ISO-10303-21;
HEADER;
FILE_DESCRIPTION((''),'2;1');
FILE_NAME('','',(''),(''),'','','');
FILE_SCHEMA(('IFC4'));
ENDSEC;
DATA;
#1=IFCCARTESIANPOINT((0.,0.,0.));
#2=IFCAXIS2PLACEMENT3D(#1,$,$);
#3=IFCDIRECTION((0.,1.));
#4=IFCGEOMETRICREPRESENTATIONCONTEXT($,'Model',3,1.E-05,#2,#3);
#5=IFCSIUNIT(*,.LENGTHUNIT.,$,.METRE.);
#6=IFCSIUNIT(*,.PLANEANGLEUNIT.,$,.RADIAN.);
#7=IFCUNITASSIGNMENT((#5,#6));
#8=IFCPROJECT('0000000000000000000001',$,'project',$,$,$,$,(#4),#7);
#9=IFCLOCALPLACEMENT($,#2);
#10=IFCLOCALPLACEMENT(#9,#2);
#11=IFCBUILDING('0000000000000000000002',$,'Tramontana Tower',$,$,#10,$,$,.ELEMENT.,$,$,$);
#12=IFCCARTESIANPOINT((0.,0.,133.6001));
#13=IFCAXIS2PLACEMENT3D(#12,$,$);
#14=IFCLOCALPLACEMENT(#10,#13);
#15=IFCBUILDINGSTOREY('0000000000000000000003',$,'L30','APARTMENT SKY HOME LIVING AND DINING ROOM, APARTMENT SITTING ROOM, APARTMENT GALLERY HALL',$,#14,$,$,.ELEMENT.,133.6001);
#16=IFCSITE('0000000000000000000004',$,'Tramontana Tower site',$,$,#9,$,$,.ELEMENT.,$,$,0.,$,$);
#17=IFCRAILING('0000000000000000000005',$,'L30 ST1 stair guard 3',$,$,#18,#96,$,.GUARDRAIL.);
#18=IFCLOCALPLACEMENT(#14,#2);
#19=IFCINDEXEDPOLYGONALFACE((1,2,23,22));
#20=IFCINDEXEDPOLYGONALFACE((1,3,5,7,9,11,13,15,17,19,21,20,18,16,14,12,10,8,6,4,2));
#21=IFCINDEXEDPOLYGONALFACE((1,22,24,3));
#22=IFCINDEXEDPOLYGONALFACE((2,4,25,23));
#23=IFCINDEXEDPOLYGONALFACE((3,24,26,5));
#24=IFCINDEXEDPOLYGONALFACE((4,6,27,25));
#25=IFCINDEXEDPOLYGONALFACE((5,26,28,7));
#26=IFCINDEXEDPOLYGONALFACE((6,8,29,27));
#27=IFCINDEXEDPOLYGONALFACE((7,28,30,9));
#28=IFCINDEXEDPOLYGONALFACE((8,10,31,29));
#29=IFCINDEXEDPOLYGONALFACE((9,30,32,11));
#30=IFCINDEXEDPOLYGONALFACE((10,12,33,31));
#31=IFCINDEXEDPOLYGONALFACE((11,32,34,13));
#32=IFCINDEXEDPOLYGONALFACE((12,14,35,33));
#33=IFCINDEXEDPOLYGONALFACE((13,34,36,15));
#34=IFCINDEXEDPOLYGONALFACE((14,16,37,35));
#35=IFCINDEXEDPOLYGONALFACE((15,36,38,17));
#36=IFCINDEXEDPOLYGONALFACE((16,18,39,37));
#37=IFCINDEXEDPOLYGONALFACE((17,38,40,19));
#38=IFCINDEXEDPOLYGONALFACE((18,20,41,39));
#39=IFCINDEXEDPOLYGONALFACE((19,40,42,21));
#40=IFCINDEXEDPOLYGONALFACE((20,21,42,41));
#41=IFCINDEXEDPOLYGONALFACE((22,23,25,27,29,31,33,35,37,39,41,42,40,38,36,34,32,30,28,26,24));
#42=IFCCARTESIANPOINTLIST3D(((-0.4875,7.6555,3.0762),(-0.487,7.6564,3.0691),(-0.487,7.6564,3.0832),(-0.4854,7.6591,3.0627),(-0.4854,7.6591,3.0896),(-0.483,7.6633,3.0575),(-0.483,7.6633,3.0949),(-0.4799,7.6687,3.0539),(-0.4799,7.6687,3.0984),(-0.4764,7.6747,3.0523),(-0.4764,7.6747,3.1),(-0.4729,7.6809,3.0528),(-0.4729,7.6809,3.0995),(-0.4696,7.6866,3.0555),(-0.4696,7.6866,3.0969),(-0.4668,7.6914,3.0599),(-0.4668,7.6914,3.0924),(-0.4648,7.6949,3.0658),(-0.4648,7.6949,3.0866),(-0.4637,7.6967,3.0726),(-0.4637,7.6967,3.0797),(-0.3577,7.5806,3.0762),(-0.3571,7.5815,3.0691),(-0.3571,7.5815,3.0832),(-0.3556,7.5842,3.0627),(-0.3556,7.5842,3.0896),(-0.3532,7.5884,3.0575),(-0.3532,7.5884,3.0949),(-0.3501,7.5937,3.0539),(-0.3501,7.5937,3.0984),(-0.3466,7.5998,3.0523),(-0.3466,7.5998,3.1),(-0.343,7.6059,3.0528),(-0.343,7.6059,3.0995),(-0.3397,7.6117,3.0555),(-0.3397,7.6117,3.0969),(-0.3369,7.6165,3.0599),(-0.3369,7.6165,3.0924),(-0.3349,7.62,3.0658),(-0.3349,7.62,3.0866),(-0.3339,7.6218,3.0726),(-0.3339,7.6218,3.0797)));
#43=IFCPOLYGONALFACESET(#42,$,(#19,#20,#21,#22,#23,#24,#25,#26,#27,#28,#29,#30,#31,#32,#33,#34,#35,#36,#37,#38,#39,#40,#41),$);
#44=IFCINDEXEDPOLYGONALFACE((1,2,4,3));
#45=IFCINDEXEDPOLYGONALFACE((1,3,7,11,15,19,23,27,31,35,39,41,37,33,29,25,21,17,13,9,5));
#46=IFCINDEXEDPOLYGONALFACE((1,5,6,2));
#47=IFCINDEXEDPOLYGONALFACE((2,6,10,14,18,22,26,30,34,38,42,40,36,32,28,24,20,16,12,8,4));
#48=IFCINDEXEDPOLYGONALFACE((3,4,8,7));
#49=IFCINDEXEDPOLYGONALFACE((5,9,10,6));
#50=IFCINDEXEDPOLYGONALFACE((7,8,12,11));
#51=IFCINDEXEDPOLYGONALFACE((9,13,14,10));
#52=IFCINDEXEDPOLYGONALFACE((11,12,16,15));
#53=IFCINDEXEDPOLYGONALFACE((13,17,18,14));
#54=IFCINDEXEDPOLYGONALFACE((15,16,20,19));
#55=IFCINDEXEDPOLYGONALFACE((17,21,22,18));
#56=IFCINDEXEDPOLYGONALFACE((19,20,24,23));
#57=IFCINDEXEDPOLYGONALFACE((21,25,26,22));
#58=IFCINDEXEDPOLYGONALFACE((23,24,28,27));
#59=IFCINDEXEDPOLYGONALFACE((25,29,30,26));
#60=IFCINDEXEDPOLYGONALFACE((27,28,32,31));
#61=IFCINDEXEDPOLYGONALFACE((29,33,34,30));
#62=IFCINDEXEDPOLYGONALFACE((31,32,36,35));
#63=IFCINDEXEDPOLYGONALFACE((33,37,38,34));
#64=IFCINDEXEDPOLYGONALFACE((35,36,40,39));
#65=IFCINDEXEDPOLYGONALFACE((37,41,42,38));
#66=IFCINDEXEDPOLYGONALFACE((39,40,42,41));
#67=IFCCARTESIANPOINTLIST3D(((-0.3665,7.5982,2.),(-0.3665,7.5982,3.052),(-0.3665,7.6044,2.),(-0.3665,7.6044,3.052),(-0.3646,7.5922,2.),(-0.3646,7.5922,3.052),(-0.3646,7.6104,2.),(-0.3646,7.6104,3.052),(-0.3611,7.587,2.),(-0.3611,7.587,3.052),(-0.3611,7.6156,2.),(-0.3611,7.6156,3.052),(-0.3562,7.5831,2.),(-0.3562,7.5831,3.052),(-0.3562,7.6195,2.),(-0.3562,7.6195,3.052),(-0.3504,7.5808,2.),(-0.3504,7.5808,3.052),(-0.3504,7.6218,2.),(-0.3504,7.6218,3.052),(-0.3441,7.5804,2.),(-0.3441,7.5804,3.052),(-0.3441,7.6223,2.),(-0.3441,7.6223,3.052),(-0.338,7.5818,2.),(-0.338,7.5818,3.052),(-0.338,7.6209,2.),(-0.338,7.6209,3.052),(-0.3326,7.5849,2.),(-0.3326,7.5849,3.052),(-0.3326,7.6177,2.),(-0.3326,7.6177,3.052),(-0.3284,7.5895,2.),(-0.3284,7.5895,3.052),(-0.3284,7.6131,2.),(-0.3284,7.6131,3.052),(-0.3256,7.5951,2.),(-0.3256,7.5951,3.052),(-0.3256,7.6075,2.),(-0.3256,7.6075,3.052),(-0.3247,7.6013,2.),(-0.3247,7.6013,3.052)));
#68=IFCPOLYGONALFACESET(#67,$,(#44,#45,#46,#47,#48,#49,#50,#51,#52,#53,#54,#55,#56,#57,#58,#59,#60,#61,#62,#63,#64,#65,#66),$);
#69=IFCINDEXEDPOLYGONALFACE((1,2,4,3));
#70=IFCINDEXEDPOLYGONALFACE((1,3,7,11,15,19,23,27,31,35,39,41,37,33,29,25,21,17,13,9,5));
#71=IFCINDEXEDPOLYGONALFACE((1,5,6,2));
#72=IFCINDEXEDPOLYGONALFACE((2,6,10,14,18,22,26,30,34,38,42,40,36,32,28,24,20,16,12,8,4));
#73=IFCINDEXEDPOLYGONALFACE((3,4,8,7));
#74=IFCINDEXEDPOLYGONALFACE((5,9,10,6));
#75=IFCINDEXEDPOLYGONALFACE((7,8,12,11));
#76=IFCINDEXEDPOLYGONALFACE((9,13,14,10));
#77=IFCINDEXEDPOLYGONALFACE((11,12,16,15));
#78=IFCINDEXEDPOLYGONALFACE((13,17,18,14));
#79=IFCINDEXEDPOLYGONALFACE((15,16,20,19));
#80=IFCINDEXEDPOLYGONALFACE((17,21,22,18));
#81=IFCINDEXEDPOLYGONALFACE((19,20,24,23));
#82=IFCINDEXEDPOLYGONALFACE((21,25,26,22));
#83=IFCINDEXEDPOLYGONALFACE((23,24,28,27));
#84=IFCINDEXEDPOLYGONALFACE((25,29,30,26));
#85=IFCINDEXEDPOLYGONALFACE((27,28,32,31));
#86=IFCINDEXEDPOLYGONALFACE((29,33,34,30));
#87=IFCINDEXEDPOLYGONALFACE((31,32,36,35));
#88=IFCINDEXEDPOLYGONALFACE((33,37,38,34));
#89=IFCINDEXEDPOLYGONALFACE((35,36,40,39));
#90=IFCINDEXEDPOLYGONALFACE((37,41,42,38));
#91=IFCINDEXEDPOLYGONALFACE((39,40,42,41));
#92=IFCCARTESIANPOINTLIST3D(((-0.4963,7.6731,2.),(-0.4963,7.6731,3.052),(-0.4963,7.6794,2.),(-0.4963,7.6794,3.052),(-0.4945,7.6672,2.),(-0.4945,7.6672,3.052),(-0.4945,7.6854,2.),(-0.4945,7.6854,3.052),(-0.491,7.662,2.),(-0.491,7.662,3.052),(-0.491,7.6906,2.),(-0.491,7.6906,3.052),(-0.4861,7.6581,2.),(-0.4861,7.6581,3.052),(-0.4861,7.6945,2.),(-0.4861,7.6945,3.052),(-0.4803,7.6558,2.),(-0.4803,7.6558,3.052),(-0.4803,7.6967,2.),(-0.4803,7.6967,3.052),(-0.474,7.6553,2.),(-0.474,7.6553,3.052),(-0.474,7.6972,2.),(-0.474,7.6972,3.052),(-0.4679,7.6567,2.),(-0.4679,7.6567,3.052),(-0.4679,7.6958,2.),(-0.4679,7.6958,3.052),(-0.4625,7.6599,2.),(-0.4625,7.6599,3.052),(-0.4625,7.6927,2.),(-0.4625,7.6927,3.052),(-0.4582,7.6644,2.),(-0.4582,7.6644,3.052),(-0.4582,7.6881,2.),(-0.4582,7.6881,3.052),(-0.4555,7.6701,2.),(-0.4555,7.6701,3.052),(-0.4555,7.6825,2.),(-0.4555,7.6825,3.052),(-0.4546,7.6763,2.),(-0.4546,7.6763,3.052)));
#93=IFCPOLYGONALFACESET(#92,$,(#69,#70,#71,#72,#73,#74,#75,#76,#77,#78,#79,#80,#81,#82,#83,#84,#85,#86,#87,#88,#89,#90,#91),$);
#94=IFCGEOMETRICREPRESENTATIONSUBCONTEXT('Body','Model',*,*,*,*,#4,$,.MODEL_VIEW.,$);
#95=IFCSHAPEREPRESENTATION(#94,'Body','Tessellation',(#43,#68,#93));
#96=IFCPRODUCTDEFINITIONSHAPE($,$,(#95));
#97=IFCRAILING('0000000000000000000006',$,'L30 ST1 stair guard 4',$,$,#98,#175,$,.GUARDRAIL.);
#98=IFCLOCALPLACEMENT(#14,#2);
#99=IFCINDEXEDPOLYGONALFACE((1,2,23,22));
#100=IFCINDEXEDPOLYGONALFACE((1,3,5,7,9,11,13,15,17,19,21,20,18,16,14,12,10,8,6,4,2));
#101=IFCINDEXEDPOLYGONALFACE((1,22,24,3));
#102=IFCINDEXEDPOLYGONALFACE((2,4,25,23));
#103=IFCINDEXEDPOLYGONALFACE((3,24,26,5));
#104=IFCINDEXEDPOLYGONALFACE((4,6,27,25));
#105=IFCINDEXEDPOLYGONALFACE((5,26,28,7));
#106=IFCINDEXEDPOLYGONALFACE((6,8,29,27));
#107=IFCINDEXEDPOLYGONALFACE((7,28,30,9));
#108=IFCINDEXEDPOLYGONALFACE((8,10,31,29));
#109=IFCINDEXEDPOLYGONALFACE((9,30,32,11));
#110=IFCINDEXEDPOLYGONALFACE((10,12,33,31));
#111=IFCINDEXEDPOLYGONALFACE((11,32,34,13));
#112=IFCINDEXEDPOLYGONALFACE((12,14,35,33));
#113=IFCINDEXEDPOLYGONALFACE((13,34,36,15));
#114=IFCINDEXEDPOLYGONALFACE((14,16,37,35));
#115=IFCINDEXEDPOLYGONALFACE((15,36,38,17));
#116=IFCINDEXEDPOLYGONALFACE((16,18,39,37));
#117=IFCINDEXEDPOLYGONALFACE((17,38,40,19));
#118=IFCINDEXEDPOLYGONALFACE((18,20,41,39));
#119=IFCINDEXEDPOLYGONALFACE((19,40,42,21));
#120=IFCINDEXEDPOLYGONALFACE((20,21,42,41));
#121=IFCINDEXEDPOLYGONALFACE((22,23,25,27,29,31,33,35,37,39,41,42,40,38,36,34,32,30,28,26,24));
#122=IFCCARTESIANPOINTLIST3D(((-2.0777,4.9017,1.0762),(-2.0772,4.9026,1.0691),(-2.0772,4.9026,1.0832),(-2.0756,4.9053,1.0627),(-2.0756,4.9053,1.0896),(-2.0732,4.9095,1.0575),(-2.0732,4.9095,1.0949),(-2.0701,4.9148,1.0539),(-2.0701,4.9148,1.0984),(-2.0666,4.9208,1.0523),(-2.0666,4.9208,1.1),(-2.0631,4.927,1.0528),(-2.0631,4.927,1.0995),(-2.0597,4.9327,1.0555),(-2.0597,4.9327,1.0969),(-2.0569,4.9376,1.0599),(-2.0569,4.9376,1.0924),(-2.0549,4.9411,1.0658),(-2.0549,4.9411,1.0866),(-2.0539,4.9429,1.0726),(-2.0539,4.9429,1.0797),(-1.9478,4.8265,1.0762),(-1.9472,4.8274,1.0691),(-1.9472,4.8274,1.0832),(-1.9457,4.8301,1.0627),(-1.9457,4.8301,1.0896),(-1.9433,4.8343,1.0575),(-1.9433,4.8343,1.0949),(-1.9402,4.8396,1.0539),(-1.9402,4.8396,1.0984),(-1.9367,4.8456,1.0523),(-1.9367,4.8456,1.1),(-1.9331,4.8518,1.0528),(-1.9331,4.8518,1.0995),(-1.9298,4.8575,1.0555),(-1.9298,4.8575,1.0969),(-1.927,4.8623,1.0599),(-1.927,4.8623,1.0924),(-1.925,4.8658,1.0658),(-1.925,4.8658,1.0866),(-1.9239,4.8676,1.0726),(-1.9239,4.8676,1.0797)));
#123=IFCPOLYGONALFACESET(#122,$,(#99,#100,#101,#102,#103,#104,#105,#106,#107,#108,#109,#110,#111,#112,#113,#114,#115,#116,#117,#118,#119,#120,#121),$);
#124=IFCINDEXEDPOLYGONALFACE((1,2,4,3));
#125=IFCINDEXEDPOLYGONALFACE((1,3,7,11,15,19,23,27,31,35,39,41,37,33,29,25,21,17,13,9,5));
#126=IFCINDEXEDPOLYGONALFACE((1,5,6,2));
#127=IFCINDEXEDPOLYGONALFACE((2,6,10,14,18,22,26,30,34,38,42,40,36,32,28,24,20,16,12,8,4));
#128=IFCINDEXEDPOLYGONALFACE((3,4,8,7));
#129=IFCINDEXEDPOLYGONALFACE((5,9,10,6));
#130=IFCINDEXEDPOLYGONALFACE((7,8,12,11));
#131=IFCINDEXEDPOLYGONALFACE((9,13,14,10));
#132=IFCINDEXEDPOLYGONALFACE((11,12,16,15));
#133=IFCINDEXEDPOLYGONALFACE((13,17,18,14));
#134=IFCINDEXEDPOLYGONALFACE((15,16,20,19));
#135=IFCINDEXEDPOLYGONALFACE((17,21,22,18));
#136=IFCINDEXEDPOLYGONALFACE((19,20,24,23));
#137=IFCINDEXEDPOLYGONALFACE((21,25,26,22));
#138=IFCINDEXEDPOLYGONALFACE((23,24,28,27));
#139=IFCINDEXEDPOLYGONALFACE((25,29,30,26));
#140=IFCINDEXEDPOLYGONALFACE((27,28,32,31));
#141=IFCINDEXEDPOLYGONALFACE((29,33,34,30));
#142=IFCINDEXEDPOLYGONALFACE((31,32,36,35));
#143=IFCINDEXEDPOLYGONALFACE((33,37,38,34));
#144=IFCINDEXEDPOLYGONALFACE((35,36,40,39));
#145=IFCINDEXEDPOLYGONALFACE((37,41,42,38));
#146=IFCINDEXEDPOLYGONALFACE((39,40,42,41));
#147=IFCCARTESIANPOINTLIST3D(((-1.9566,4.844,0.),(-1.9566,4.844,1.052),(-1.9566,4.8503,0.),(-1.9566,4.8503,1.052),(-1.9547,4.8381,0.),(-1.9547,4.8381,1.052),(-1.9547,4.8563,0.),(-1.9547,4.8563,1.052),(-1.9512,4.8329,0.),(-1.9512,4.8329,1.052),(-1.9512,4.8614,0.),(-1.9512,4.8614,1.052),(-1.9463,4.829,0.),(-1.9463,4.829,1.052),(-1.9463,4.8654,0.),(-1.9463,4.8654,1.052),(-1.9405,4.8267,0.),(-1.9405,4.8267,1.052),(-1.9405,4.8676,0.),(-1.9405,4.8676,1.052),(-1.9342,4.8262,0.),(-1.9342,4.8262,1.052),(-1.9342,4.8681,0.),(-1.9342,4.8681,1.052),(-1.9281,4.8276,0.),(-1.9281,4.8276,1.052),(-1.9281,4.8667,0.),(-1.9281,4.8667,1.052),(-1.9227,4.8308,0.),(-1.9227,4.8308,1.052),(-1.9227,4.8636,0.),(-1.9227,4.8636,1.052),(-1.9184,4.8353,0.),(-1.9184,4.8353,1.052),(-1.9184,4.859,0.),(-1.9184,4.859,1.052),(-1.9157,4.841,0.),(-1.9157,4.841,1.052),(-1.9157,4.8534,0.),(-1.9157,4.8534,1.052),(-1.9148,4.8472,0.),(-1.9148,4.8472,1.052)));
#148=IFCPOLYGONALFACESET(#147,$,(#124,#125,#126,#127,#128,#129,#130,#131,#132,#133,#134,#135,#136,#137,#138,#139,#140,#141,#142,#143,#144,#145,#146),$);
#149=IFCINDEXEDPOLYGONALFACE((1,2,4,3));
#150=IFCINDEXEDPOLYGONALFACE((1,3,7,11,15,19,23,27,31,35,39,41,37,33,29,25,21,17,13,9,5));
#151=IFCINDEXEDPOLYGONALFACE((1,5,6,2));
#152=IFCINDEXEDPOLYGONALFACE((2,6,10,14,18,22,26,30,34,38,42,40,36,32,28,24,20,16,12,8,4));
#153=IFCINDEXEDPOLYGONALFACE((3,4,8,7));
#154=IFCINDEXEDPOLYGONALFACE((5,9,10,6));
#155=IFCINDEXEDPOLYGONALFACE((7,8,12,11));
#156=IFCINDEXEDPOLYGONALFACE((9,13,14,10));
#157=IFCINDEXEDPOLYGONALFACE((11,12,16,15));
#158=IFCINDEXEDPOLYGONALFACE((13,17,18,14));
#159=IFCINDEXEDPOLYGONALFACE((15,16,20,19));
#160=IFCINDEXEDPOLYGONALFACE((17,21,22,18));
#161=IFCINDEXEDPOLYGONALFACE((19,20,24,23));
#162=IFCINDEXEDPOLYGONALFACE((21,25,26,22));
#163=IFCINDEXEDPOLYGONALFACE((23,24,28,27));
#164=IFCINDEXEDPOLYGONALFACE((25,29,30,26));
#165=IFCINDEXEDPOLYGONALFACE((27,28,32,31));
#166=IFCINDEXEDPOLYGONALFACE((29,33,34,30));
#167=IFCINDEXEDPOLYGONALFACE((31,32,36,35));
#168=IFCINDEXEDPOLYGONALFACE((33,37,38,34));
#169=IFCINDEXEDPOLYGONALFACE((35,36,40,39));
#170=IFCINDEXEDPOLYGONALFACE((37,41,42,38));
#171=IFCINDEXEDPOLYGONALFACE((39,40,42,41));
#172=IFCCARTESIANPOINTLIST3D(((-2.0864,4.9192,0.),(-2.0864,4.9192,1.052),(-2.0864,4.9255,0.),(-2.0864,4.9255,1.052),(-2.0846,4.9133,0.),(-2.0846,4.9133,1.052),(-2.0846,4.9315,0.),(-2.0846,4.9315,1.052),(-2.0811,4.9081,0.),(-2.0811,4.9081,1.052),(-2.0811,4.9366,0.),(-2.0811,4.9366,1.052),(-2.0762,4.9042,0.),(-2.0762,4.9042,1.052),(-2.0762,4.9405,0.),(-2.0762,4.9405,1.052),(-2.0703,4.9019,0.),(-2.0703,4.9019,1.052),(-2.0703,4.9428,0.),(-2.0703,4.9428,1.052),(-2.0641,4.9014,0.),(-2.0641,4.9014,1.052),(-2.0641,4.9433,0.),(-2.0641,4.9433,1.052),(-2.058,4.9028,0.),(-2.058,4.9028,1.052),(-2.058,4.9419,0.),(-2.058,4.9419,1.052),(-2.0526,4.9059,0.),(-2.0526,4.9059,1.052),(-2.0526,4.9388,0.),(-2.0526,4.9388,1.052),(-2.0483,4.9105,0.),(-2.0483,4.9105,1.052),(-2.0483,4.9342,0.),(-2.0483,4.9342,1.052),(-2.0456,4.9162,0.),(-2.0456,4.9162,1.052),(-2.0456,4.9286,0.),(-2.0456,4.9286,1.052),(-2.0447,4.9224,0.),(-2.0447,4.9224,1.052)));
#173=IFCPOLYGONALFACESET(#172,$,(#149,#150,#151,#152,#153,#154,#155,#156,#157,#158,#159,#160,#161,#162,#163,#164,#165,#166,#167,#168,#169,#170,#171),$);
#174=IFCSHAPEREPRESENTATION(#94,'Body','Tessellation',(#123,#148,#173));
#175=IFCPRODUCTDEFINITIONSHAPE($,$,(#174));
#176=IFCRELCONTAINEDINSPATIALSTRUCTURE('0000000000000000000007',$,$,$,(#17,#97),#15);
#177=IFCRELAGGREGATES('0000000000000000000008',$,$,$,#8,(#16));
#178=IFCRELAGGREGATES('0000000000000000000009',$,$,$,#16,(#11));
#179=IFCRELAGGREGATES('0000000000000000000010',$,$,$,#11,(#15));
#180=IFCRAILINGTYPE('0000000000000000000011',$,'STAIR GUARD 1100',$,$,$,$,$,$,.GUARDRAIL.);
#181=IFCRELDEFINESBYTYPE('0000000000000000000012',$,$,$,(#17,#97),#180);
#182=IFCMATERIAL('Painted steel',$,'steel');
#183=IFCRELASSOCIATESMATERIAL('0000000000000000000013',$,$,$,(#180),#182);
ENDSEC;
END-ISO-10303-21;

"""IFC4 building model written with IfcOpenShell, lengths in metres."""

from ifc_helpers import new_model, si_unit, direction, frame, origin, origin_2d, place, context, subcontext, project, spatial, circle, extrude, material, type_object, element, save


model = new_model("IFC4")

# Units and contexts
model_context = context("Model", 3, precision=1e-05, world=origin(), true_north=direction((0.0, 1.0)))
body_context = subcontext(model_context, "Body", "Model", "MODEL_VIEW")
ifc_project = project(units=[si_unit("LENGTHUNIT", "METRE"), si_unit("PLANEANGLEUNIT", "RADIAN")], contexts=[model_context])

# Site, building, storey
site_placement = place(None, origin())
site = spatial("IfcSite", under=ifc_project, at=site_placement, Name="Tramontana Tower site", CompositionType="ELEMENT", RefElevation=0.0)
building_placement = place(site_placement, origin())
building = spatial("IfcBuilding", under=site, at=building_placement, Name="Tramontana Tower", CompositionType="ELEMENT")
storey_placement = place(building_placement, frame((0.0, 0.0, 133.6001)))
storey = spatial("IfcBuildingStorey", under=building, at=storey_placement, Name="L30", Description="APARTMENT SKY HOME LIVING AND DINING ROOM, APARTMENT SITTING ROOM, APARTMENT GALLERY HALL", CompositionType="ELEMENT", Elevation=133.6001)

# Railings
ifc_material_1 = material(Name="Painted steel", Category="steel")
railing_type_1 = type_object("IfcRailingType", Name="STAIR GUARD 1100", PredefinedType="GUARDRAIL", material=ifc_material_1)
railing_1_placement = place(storey_placement, frame((-0.3457, 7.6013, 2.0)))
element("IfcRailing", 1, at=railing_1_placement, inside=storey, type_object=railing_type_1, Name="L30 ST1 stair guard 3", PredefinedType="GUARDRAIL", context=body_context, shape_type="SweptSolid", body=[
    extrude(circle(Radius=0.0239, at=origin_2d()), frame((0.0, 0.0, 1.0762), z_axis=(-0.866131, 0.499816, 0.0), x_axis=(-0.499816, -0.866131, 0.0)), (0.0, 0.0, 1.0), 0.1499),
    extrude(circle(Radius=0.021, at=origin_2d()), origin(), (0.0, 0.0, 1.0), 1.052),
    extrude(circle(Radius=0.021, at=origin_2d()), frame((-0.1299, 0.075, 0.0)), (0.0, 0.0, 1.0), 1.052),
])
railing_2_placement = place(storey_placement, frame((-1.9358, 4.8472, 0.0)))
element("IfcRailing", 2, at=railing_2_placement, inside=storey, type_object=railing_type_1, Name="L30 ST1 stair guard 4", PredefinedType="GUARDRAIL", context=body_context, shape_type="SweptSolid", body=[
    extrude(circle(Radius=0.0239, at=origin_2d()), frame((0.0, 0.0, 1.0762), z_axis=(-0.865426, 0.501036, 0.0), x_axis=(-0.501036, -0.865426, 0.0)), (0.0, 0.0, 1.0), 0.1501),
    extrude(circle(Radius=0.021, at=origin_2d()), origin(), (0.0, 0.0, 1.0), 1.052),
    extrude(circle(Radius=0.021, at=origin_2d()), frame((-0.1299, 0.0752, 0.0)), (0.0, 0.0, 1.0), 1.052),
])

save(model, "model.ifc")
